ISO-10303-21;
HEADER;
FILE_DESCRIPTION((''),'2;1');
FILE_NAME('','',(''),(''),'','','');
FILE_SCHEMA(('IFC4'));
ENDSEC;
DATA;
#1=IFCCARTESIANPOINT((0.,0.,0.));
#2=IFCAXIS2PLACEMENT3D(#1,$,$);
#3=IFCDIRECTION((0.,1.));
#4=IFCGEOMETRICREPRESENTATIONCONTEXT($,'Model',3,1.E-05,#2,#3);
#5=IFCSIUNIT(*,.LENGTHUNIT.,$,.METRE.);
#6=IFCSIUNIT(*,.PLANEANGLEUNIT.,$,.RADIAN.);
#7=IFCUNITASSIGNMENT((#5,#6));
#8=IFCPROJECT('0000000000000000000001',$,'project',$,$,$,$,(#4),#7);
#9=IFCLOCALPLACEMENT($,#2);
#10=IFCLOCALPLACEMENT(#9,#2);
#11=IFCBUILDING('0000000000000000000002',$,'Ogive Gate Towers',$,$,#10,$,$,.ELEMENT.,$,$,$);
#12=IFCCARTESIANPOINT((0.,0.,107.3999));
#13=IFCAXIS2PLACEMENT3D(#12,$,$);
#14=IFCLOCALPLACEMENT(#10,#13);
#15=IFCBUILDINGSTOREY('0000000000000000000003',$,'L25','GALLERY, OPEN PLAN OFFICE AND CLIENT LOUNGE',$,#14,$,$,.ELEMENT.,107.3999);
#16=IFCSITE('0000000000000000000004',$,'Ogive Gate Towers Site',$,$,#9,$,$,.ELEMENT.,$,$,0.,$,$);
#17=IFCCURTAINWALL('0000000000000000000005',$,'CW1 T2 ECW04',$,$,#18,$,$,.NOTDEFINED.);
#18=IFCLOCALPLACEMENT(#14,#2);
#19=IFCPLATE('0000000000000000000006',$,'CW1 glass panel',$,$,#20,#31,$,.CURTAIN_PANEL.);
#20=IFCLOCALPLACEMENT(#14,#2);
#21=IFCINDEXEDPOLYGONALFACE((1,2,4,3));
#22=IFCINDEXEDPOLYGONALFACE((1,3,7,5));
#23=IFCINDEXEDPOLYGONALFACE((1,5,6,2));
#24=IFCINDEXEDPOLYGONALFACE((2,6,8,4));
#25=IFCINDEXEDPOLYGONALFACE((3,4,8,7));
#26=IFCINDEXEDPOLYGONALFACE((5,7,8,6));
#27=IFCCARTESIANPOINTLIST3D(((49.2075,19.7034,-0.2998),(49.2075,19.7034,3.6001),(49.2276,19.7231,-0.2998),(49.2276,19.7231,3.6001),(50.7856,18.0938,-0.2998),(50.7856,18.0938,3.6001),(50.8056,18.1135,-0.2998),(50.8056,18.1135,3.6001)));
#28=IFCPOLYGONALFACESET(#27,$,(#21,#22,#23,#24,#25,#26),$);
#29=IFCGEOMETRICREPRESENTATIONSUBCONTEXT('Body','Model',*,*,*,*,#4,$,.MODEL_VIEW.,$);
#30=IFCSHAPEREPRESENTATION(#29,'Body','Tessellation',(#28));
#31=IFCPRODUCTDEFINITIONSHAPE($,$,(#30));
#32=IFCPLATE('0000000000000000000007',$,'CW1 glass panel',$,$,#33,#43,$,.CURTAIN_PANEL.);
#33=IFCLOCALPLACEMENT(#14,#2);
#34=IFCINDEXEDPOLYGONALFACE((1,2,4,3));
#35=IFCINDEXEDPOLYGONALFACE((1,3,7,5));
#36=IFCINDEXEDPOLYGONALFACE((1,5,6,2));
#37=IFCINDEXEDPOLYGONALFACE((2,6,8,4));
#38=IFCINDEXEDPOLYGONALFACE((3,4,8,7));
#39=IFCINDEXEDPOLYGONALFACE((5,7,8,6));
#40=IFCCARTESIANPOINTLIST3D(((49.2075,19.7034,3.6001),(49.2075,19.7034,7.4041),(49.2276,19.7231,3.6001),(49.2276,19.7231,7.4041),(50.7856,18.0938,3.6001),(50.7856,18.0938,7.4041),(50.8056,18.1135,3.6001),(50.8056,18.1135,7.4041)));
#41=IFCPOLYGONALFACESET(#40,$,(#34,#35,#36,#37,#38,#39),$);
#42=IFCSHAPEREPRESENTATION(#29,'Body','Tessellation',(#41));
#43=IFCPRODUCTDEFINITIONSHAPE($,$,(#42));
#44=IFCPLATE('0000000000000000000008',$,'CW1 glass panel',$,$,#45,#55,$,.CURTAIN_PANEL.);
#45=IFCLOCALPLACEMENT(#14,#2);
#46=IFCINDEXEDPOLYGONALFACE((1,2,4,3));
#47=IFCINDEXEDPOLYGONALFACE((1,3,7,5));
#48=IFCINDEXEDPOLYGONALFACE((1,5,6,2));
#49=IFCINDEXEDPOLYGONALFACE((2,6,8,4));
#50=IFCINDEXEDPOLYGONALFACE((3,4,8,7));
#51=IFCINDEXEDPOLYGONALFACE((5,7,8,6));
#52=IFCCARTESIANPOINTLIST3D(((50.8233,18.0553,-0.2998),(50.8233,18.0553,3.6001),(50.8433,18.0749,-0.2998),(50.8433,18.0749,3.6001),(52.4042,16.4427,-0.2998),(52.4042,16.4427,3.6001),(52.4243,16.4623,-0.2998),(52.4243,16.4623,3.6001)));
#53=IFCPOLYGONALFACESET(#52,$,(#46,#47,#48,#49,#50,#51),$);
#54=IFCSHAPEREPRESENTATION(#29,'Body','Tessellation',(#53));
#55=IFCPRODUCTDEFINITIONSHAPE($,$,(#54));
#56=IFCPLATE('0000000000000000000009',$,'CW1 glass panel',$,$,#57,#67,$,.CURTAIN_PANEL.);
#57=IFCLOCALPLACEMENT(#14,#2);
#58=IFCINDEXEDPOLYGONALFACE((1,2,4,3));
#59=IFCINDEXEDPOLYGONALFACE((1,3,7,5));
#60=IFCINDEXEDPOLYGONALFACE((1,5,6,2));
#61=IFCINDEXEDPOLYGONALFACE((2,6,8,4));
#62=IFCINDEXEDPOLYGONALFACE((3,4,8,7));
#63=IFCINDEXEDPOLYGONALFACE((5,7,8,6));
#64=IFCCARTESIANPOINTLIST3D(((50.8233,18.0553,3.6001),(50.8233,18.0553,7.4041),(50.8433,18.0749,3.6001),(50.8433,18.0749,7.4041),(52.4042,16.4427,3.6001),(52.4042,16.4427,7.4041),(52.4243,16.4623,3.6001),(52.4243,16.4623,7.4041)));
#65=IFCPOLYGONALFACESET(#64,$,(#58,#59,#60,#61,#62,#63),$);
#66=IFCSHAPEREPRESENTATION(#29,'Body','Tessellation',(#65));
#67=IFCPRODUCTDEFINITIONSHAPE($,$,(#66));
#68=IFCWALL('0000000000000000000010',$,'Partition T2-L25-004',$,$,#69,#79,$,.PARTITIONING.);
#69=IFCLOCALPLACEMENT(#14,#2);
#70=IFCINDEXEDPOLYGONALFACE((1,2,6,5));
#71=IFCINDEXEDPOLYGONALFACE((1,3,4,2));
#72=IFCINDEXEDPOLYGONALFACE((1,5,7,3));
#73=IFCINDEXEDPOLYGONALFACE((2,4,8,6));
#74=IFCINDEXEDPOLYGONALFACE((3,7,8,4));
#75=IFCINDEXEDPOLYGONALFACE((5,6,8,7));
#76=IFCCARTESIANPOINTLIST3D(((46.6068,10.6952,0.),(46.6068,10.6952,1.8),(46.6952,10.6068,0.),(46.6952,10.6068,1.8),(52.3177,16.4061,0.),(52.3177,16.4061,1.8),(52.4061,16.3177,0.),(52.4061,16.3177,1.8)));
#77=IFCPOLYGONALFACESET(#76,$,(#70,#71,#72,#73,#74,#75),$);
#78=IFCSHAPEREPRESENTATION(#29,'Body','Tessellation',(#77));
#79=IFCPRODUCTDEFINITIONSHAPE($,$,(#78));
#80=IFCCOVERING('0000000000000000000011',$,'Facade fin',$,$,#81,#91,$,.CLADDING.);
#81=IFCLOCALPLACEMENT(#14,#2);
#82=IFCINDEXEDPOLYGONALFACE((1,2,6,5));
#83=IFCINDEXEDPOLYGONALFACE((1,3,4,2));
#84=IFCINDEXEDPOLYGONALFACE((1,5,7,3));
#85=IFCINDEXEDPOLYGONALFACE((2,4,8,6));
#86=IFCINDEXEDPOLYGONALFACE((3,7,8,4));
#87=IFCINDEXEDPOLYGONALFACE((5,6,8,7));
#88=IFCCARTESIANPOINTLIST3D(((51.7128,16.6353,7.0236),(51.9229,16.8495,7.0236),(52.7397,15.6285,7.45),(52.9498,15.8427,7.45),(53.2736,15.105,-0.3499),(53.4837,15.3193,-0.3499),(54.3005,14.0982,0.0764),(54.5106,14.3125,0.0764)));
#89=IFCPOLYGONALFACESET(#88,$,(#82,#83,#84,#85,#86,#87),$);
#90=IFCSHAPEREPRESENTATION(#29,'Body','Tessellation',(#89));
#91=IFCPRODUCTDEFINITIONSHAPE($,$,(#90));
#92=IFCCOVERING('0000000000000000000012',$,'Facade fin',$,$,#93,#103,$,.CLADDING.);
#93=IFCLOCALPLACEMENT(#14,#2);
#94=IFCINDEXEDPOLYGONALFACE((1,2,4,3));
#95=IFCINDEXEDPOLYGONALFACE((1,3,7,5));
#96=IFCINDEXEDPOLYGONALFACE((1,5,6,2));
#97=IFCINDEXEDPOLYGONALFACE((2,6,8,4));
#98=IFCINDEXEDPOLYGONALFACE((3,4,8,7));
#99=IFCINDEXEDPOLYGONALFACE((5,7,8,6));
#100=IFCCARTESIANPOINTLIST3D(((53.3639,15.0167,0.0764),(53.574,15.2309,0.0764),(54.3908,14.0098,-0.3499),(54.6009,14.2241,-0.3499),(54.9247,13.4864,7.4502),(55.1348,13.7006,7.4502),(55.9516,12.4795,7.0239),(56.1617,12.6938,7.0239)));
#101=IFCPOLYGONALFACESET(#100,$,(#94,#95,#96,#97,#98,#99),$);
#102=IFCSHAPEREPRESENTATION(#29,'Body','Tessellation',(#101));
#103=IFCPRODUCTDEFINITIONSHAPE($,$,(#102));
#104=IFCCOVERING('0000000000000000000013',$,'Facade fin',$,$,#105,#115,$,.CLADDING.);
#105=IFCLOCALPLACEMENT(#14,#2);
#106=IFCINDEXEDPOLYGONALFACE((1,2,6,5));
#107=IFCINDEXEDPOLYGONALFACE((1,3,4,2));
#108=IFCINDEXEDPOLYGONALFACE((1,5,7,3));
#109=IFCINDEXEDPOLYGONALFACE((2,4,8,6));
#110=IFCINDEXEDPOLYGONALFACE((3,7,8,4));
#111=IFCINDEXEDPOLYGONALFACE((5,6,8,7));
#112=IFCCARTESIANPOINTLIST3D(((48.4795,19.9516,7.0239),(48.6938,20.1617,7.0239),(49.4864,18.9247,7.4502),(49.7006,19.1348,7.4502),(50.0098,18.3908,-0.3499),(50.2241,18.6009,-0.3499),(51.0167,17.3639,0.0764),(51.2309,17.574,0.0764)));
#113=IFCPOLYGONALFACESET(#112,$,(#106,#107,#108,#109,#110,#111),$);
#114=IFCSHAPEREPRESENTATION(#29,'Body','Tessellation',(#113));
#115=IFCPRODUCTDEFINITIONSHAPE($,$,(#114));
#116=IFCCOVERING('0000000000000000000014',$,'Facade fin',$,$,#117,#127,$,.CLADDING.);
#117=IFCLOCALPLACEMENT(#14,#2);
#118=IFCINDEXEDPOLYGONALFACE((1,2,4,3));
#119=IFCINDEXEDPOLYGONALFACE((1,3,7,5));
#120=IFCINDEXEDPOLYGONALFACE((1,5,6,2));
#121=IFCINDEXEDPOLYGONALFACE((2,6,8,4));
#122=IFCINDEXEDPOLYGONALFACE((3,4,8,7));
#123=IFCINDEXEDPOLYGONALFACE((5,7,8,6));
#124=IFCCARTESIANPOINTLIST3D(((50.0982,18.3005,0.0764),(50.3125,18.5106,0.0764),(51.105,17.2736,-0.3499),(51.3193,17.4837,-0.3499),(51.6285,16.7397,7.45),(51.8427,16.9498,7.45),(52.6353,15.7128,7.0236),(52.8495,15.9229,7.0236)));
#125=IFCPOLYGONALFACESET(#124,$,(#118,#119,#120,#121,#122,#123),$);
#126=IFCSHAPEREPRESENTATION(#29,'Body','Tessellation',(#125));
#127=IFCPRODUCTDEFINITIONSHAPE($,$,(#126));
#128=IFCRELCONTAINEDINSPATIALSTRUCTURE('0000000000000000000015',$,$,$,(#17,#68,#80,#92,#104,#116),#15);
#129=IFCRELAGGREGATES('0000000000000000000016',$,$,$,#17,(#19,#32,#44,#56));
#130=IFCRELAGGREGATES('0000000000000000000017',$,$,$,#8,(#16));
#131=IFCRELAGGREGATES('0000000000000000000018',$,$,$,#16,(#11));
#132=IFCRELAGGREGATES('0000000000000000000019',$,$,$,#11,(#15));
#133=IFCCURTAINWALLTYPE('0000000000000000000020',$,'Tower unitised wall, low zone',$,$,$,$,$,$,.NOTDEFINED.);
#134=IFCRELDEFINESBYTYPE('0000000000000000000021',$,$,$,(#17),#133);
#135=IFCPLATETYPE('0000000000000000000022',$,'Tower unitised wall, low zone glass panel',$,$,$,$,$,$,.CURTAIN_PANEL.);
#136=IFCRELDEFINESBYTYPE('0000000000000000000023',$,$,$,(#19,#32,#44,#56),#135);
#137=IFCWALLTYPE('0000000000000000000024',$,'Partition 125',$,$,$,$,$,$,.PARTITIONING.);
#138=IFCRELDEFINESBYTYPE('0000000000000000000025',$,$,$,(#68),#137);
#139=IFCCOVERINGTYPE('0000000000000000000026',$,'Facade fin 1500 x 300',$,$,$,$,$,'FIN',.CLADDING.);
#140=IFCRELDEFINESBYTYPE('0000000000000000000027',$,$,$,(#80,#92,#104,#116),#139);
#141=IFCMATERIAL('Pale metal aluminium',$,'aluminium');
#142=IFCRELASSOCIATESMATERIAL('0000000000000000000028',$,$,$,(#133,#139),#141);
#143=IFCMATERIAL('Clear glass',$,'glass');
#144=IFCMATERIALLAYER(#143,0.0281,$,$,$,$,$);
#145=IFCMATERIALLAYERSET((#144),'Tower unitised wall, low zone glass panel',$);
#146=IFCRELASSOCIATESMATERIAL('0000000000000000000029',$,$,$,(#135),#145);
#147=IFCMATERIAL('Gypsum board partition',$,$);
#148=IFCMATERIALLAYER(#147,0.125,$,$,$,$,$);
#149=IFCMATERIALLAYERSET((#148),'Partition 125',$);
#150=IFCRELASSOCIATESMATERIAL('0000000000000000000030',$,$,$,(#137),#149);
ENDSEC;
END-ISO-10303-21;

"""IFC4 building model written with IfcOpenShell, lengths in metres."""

from ifc_helpers import new_model, si_unit, direction, frame, frame_2d, origin, origin_2d, place, context, subcontext, project, spatial, rectangle, extrude, material, layer, layer_set, material_profile, profile_set, type_object, element, aggregate, save


model = new_model("IFC4")

# Units and contexts
model_context = context("Model", 3, precision=1e-05, world=origin(), true_north=direction((0.0, 1.0)))
body_context = subcontext(model_context, "Body", "Model", "MODEL_VIEW")
ifc_project = project(units=[si_unit("LENGTHUNIT", "METRE"), si_unit("PLANEANGLEUNIT", "RADIAN")], contexts=[model_context])

# Site, building, storey
site_placement = place(None, origin())
site = spatial("IfcSite", under=ifc_project, at=site_placement, Name="Ogive Gate Towers Site", CompositionType="ELEMENT", RefElevation=0.0)
building_placement = place(site_placement, origin())
building = spatial("IfcBuilding", under=site, at=building_placement, Name="Ogive Gate Towers", CompositionType="ELEMENT")
storey_placement = place(building_placement, frame((0.0, 0.0, 107.3999)))
storey = spatial("IfcBuildingStorey", under=building, at=storey_placement, Name="L25", Description="GALLERY, OPEN PLAN OFFICE AND CLIENT LOUNGE", CompositionType="ELEMENT", Elevation=107.3999)

# Curtain wall
ifc_material_1 = material(Name="Pale metal aluminium", Category="aluminium")
curtain_wall_type = type_object("IfcCurtainWallType", Name="Tower unitised wall, low zone", PredefinedType="NOTDEFINED", material=ifc_material_1)
curtain_wall_1_placement = place(storey_placement, origin())
curtain_wall_1 = element("IfcCurtainWall", 1, at=curtain_wall_1_placement, inside=storey, type_object=curtain_wall_type, Name="CW1 T2 ECW04", PredefinedType="NOTDEFINED")

# Plates
ifc_material_2 = material(Name="Clear glass", Category="glass")
ifc_layer_1 = layer(ifc_material_2, 0.0281)
ifc_layer_set_1 = layer_set([ifc_layer_1], Name="Tower unitised wall, low zone glass panel")
plate_type = type_object("IfcPlateType", Name="Tower unitised wall, low zone glass panel", PredefinedType="CURTAIN_PANEL", material=ifc_layer_set_1)
plate_1_placement = place(storey_placement, frame((50.0066, 18.9084, -0.2998), z_axis=(0.0, 0.0, 1.0), x_axis=(0.700062, -0.714082, 0.0)))
plate_1 = element("IfcPlate", 2, at=plate_1_placement, type_object=plate_type, Name="CW1 glass panel", PredefinedType="CURTAIN_PANEL", context=body_context, shape_type="SweptSolid", body=[
    extrude(rectangle(XDim=2.2542, YDim=0.0281, at=origin_2d()), origin(), (0.0, 0.0, 1.0), 3.8999),
])
plate_2_placement = place(storey_placement, frame((50.0066, 18.9084, 3.6001), z_axis=(0.0, 0.0, 1.0), x_axis=(0.700062, -0.714082, 0.0)))
plate_2 = element("IfcPlate", 3, at=plate_2_placement, type_object=plate_type, Name="CW1 glass panel", PredefinedType="CURTAIN_PANEL", context=body_context, shape_type="SweptSolid", body=[
    extrude(rectangle(XDim=2.2542, YDim=0.0281, at=origin_2d()), origin(), (0.0, 0.0, 1.0), 3.804),
])
plate_3_placement = place(storey_placement, frame((51.6238, 17.2588, -0.2998), z_axis=(0.0, 0.0, 1.0), x_axis=(0.700062, -0.714082, 0.0)))
plate_3 = element("IfcPlate", 4, at=plate_3_placement, type_object=plate_type, Name="CW1 glass panel", PredefinedType="CURTAIN_PANEL", context=body_context, shape_type="SweptSolid", body=[
    extrude(rectangle(XDim=2.2583, YDim=0.0281, at=origin_2d()), origin(), (0.0, 0.0, 1.0), 3.8999),
])
plate_4_placement = place(storey_placement, frame((51.6238, 17.2588, 3.6001), z_axis=(0.0, 0.0, 1.0), x_axis=(0.700062, -0.714082, 0.0)))
plate_4 = element("IfcPlate", 5, at=plate_4_placement, type_object=plate_type, Name="CW1 glass panel", PredefinedType="CURTAIN_PANEL", context=body_context, shape_type="SweptSolid", body=[
    extrude(rectangle(XDim=2.2583, YDim=0.0281, at=origin_2d()), origin(), (0.0, 0.0, 1.0), 3.804),
])
aggregate(curtain_wall_1, [plate_1, plate_2, plate_3, plate_4])

# Wall
ifc_material_3 = material(Name="Gypsum board partition")
ifc_layer_2 = layer(ifc_material_3, 0.125)
ifc_layer_set_2 = layer_set([ifc_layer_2], Name="Partition 125")
wall_type = type_object("IfcWallType", Name="Partition 125", PredefinedType="PARTITIONING", material=ifc_layer_set_2)
wall_placement = place(storey_placement, frame((52.3618, 16.3618, 0.0), z_axis=(0.0, 0.0, 1.0), x_axis=(-0.707107, -0.707107, 0.0)))
element("IfcWall", 6, at=wall_placement, inside=storey, type_object=wall_type, Name="Partition T2-L25-004", PredefinedType="PARTITIONING", context=body_context, shape_type="SweptSolid", body=[
    extrude(rectangle(XDim=8.0764, YDim=0.125, at=frame_2d((4.0381, 0.0))), origin(), (0.0, 0.0, 1.0), 1.8),
])

# Coverings
ifc_material_profile_1 = material_profile(ifc_material_1, rectangle(XDim=0.3, YDim=1.5, at=origin_2d()), Name="1500 x 300 pale metal aluminium")
ifc_profile_set_1 = profile_set([ifc_material_profile_1], Name="Pale metal aluminium")
covering_type = type_object("IfcCoveringType", Name="Facade fin 1500 x 300", ElementType="FIN", PredefinedType="CLADDING", material=ifc_profile_set_1)
covering_1_placement = place(storey_placement, frame((53.8921, 14.7087, -0.1367), z_axis=(-0.202945, 0.198977, 0.95876), x_axis=(-0.700092, -0.714053, 0.0)))
element("IfcCovering", 7, at=covering_1_placement, inside=storey, type_object=covering_type, Name="Facade fin", PredefinedType="CLADDING", context=body_context, shape_type="SweptSolid", body=[
    extrude(rectangle(XDim=0.3, YDim=1.5, at=origin_2d()), origin(), (0.0, 0.0, 1.0), 7.6907),
])
for number, where, z_axis, x_axis, name in (
    (8, (53.9824, 14.6204, -0.1367), (0.202939, -0.198971, 0.958763), (0.700092, 0.714053, 0.0), "Facade fin"),
    (9, (50.6204, 17.9824, -0.1367), (-0.198971, 0.202939, 0.958763), (-0.714053, -0.700092, 0.0), "Facade fin"),
):
    element("IfcCovering", number, at=place(storey_placement, frame(where, z_axis=z_axis, x_axis=x_axis)), inside=storey, type_object=covering_type, Name=name, PredefinedType="CLADDING", context=body_context, shape_type="SweptSolid", body=[
        extrude(rectangle(XDim=0.3, YDim=1.5, at=origin_2d()), origin(), (0.0, 0.0, 1.0), 7.6909),
    ])
covering_2_placement = place(storey_placement, frame((50.7087, 17.8921, -0.1367), z_axis=(0.198977, -0.202945, 0.95876), x_axis=(0.714053, 0.700092, 0.0)))
element("IfcCovering", 10, at=covering_2_placement, inside=storey, type_object=covering_type, Name="Facade fin", PredefinedType="CLADDING", context=body_context, shape_type="SweptSolid", body=[
    extrude(rectangle(XDim=0.3, YDim=1.5, at=origin_2d()), origin(), (0.0, 0.0, 1.0), 7.6907),
])

save(model, "model.ifc")
